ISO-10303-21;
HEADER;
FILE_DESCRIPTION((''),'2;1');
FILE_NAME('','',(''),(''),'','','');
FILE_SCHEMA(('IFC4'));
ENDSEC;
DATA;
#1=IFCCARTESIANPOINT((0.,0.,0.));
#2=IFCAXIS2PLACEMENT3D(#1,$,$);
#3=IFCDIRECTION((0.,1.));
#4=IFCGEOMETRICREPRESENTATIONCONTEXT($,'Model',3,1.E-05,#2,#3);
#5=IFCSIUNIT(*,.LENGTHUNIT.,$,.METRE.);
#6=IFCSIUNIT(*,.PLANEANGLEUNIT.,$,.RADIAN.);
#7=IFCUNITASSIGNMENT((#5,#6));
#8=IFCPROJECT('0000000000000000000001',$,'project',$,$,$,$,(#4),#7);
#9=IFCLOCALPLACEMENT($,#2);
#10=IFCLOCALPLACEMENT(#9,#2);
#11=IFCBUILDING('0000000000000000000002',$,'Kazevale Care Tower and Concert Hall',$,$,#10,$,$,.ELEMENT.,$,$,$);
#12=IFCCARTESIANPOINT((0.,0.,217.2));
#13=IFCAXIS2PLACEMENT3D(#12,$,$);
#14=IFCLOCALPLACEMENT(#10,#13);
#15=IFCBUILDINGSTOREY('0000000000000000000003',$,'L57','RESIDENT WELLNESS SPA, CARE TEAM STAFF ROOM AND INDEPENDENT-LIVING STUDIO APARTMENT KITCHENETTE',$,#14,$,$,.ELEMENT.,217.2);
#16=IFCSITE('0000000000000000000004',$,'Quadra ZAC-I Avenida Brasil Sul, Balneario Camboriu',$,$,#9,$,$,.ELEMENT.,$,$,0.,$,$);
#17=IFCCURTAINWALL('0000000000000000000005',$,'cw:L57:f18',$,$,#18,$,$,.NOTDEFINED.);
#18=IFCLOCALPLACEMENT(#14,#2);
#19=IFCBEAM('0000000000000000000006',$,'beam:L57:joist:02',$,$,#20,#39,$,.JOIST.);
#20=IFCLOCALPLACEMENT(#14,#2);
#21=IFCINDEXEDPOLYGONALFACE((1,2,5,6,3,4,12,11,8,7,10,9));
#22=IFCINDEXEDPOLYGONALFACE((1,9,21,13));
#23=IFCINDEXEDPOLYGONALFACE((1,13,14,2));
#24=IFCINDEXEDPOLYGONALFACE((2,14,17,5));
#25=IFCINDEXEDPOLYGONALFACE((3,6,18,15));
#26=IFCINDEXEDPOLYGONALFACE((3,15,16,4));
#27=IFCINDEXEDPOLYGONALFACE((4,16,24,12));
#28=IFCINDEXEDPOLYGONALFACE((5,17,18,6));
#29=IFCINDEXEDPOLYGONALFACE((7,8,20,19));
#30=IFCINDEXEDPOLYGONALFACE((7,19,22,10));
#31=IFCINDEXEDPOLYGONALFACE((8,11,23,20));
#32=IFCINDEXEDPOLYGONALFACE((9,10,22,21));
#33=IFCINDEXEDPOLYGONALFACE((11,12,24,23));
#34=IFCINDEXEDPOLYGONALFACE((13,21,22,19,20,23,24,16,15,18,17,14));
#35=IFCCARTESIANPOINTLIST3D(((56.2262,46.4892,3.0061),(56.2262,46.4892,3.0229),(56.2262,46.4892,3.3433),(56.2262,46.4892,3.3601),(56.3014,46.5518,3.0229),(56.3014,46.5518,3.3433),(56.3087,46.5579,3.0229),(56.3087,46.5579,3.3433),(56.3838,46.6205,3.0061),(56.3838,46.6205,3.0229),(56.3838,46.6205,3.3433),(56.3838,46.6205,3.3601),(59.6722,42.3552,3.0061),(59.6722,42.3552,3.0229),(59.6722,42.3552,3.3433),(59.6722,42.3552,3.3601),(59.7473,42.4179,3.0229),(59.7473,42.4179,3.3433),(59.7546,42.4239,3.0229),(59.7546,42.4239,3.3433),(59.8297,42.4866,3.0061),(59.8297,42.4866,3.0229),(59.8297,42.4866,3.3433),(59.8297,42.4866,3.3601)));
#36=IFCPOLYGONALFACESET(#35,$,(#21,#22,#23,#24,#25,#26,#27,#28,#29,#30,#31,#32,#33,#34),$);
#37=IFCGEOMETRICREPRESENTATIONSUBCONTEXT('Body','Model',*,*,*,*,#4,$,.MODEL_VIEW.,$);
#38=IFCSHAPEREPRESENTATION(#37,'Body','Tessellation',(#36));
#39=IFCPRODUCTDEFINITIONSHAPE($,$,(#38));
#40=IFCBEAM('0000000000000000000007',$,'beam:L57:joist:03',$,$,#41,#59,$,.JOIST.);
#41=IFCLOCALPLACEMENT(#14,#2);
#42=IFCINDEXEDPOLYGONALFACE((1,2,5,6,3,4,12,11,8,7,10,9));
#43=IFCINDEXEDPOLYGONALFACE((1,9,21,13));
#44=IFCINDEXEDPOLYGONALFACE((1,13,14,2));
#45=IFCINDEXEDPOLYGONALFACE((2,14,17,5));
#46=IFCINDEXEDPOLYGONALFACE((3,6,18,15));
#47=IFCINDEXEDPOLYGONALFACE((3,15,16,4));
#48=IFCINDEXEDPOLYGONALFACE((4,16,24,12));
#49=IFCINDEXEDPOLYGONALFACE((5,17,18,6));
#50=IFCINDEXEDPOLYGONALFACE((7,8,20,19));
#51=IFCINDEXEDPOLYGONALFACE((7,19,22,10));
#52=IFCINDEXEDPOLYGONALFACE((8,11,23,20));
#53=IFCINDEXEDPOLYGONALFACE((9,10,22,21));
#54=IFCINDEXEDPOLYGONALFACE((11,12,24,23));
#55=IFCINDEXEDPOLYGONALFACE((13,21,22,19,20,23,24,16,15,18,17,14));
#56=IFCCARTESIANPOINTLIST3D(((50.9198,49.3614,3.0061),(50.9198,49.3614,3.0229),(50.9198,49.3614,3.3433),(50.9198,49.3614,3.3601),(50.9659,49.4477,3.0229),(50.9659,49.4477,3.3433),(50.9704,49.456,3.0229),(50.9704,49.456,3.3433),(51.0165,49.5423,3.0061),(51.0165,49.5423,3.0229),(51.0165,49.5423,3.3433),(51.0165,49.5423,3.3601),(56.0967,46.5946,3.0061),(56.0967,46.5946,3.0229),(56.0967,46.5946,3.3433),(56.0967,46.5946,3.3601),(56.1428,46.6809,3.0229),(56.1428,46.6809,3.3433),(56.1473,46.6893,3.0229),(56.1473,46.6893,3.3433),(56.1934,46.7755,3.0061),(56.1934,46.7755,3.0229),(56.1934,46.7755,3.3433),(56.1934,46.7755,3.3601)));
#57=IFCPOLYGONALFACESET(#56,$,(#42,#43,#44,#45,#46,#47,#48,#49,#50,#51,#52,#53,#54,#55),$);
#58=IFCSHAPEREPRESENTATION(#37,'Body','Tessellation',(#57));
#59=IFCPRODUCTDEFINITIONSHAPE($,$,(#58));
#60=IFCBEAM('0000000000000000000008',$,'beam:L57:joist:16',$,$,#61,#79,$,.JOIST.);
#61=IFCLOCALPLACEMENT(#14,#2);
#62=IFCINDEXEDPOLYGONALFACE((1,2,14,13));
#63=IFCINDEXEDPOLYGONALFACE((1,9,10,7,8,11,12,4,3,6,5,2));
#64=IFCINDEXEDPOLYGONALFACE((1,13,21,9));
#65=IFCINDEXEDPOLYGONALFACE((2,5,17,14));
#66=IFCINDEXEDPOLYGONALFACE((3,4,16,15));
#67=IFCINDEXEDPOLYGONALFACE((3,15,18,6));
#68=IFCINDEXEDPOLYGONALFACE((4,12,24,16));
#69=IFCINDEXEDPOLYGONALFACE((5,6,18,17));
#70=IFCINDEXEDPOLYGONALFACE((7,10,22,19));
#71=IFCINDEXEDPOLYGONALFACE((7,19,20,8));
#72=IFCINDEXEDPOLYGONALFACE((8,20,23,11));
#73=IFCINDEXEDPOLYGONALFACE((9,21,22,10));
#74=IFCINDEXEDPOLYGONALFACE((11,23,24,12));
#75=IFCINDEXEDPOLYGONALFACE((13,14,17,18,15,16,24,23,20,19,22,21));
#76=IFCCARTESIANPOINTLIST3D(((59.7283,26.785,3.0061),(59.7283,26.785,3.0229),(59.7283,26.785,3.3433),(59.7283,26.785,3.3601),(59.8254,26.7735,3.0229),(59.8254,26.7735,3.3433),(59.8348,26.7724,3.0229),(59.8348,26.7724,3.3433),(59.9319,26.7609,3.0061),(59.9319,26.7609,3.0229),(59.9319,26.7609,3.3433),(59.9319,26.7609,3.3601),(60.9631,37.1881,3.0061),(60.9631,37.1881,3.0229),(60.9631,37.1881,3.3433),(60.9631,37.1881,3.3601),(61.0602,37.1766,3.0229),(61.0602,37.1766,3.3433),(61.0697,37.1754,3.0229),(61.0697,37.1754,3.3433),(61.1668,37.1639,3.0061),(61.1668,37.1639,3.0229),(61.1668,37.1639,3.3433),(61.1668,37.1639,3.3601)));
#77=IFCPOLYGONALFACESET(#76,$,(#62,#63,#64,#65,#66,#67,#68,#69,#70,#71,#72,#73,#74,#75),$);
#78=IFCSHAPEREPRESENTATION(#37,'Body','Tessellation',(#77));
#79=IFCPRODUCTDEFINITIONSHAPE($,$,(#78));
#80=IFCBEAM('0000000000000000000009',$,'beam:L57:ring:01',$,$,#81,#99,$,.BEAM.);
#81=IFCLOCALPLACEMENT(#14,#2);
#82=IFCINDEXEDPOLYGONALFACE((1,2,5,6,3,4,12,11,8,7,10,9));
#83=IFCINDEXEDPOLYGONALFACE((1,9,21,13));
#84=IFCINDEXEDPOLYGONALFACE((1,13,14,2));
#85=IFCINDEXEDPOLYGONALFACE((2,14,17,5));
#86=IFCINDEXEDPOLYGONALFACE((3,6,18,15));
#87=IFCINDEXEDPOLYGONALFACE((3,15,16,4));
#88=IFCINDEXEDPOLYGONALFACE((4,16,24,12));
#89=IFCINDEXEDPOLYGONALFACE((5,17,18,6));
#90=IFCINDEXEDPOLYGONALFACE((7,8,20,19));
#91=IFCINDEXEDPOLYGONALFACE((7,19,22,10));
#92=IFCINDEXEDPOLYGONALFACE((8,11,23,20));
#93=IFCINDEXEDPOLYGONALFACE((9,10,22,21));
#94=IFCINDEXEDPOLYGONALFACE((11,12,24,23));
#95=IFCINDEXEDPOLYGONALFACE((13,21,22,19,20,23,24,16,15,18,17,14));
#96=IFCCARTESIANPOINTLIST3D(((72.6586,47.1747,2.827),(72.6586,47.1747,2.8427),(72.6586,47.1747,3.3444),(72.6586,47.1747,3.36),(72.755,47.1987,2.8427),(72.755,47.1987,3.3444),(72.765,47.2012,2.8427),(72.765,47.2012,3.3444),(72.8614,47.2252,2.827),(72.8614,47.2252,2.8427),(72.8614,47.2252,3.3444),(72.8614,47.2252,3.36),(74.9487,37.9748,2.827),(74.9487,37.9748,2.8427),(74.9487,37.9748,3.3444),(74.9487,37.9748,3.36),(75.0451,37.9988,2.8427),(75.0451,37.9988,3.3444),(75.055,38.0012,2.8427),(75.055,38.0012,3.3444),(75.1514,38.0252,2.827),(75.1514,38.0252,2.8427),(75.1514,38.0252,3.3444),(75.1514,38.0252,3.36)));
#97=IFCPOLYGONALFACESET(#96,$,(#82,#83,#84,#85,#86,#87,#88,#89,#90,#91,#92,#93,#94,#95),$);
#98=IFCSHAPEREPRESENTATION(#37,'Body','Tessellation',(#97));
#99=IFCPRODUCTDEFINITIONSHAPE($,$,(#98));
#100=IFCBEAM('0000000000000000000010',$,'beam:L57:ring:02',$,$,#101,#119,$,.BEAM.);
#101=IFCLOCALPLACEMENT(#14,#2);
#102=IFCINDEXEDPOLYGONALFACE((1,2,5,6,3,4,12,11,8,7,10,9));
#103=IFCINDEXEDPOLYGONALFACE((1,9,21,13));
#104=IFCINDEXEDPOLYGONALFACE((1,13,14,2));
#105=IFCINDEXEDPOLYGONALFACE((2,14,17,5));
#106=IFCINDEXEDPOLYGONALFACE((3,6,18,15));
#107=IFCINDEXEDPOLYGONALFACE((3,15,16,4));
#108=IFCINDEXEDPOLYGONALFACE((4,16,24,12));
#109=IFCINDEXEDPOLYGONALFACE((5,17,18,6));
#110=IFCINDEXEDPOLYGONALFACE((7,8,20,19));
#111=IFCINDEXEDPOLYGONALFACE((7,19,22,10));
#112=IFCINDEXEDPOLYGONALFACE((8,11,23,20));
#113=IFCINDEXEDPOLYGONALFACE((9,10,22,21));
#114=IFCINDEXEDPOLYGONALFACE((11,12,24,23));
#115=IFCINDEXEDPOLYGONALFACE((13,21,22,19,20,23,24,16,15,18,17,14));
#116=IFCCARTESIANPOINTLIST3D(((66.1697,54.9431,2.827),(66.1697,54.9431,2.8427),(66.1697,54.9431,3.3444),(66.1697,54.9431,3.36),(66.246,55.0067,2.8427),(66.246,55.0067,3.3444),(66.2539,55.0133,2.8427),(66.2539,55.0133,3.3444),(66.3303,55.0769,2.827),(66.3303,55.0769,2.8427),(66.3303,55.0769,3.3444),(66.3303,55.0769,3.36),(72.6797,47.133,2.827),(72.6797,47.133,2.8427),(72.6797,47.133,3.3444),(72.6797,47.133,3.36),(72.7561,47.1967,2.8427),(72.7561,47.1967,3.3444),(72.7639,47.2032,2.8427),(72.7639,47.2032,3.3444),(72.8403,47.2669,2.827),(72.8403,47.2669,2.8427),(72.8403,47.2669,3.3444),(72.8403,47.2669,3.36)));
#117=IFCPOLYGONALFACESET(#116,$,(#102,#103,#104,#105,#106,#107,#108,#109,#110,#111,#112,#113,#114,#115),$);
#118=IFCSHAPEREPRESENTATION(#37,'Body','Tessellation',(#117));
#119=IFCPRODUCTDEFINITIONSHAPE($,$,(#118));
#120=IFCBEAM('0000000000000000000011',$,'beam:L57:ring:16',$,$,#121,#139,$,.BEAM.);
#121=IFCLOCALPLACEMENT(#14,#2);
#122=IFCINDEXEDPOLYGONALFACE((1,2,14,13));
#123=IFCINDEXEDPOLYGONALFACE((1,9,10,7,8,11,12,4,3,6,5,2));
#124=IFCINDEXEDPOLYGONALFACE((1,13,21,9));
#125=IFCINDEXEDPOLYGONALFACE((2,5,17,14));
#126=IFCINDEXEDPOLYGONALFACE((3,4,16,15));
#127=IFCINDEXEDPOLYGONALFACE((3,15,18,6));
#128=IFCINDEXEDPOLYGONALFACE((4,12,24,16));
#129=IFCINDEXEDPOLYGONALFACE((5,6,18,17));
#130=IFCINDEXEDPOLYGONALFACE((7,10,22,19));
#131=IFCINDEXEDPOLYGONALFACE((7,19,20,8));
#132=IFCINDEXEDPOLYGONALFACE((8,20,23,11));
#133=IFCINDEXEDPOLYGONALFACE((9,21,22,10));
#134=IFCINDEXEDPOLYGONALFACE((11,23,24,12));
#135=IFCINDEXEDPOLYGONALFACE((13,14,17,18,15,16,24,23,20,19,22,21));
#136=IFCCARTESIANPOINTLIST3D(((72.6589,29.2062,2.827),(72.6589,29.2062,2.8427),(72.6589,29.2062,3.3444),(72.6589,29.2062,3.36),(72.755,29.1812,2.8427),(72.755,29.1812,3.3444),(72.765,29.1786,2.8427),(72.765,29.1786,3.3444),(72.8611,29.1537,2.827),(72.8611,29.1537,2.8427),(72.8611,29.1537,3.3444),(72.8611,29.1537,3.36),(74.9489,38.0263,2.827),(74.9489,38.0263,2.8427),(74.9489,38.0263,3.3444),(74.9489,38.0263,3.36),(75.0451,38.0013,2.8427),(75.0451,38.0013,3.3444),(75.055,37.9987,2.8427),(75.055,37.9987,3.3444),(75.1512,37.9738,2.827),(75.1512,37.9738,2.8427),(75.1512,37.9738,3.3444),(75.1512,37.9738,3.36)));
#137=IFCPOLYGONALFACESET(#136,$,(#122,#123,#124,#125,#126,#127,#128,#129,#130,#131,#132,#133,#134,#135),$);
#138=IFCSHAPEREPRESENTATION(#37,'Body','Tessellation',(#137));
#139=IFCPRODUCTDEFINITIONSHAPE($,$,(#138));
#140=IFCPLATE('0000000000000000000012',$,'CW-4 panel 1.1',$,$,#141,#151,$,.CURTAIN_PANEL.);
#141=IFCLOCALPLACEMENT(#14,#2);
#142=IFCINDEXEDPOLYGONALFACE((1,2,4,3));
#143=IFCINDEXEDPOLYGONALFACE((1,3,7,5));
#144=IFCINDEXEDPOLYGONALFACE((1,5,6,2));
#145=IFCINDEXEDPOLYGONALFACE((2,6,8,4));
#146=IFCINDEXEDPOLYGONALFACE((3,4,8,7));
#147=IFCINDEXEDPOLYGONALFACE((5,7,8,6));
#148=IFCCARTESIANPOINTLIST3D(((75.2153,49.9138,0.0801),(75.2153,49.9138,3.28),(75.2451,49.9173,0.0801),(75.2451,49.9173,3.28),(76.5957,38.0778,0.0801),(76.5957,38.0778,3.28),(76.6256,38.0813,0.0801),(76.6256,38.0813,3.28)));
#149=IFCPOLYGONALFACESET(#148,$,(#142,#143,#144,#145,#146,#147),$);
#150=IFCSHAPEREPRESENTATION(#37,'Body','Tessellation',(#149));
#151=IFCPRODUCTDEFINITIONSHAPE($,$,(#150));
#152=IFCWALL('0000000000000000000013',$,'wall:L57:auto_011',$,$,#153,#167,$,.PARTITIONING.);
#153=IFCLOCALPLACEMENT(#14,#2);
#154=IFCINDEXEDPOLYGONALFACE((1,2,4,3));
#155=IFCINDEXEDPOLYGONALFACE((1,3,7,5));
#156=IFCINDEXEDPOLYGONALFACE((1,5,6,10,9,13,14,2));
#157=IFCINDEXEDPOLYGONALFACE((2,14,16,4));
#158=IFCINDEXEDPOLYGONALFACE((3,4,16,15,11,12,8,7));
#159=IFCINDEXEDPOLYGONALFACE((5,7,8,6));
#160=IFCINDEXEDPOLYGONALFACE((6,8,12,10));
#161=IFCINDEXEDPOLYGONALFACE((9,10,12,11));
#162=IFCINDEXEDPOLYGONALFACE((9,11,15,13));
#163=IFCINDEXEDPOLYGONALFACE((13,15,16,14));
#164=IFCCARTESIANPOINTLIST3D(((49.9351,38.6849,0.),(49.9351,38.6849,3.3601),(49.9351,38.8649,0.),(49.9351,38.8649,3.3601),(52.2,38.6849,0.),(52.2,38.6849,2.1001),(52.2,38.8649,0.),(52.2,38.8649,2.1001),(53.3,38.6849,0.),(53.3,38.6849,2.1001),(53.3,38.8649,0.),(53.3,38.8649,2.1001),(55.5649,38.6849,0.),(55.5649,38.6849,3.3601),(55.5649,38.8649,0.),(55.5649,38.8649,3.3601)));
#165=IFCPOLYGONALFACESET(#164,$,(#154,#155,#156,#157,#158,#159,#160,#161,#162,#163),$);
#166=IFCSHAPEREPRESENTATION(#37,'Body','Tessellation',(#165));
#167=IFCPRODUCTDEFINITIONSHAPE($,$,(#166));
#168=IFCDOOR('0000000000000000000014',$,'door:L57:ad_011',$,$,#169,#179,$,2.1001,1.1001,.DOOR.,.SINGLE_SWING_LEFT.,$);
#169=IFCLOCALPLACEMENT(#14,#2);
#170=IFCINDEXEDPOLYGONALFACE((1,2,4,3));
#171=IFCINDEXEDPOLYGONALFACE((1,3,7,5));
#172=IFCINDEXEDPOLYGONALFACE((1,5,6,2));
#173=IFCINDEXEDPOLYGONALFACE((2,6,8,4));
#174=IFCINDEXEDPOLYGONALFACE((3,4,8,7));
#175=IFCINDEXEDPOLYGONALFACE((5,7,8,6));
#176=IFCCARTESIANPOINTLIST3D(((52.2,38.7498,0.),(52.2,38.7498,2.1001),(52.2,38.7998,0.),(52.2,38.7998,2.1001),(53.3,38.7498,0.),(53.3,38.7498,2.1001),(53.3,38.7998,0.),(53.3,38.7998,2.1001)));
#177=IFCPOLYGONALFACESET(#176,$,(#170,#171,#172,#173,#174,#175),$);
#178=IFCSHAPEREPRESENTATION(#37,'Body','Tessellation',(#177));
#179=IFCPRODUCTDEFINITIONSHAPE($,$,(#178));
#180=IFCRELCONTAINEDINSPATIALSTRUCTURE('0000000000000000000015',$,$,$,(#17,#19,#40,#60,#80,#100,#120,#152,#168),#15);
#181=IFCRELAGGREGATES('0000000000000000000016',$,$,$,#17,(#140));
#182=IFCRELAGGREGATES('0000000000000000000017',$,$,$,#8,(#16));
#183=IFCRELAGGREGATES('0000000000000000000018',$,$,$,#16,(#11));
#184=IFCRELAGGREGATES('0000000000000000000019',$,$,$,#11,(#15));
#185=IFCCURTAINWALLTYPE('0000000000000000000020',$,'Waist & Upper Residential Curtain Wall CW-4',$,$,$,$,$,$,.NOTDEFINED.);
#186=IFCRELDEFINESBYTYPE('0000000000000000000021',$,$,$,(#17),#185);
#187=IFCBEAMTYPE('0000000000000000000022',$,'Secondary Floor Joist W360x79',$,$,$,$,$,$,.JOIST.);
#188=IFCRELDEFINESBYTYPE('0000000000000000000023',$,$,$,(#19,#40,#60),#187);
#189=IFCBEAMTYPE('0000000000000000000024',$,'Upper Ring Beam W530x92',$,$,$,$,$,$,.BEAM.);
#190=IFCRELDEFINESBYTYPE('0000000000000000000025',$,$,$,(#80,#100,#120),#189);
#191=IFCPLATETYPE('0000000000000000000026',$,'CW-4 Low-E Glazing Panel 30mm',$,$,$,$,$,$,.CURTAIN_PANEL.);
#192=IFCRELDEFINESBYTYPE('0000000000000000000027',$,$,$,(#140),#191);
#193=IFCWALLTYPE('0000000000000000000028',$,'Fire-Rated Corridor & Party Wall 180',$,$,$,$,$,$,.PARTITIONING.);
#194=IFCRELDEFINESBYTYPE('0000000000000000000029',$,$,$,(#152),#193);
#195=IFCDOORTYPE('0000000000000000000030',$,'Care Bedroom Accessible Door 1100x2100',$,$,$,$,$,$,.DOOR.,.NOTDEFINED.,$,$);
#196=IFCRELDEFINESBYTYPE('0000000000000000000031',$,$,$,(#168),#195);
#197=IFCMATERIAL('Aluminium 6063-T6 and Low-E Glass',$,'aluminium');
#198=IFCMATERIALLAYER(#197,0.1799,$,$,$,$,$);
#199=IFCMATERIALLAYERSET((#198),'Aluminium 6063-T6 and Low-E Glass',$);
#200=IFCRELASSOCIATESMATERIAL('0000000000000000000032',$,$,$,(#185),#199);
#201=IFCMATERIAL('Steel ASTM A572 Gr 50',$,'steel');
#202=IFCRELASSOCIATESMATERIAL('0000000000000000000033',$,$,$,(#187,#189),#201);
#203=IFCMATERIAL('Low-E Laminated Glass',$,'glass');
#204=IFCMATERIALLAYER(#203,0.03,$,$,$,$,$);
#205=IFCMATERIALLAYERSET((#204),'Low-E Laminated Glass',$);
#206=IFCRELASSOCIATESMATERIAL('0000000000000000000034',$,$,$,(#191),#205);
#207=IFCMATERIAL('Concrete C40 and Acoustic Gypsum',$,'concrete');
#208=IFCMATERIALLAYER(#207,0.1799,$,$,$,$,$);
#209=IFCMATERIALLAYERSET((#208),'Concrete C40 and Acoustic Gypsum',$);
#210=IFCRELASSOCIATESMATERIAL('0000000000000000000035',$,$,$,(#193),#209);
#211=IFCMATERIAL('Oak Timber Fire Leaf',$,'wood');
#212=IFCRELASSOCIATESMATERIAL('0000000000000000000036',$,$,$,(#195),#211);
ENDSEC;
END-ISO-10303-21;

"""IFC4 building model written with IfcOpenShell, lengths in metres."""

from ifc_helpers import new_model, si_unit, direction, frame, frame_2d, origin, origin_2d, place, context, subcontext, project, spatial, rectangle, i_section, extrude, material, layer, layer_set, material_profile, profile_set, type_object, element, fill, aggregate, save


model = new_model("IFC4")

# Units and contexts
model_context = context("Model", 3, precision=1e-05, world=origin(), true_north=direction((0.0, 1.0)))
body_context = subcontext(model_context, "Body", "Model", "MODEL_VIEW")
ifc_project = project(units=[si_unit("LENGTHUNIT", "METRE"), si_unit("PLANEANGLEUNIT", "RADIAN")], contexts=[model_context])

# Site, building, storey
site_placement = place(None, origin())
site = spatial("IfcSite", under=ifc_project, at=site_placement, Name="Quadra ZAC-I Avenida Brasil Sul, Balneario Camboriu", CompositionType="ELEMENT", RefElevation=0.0)
building_placement = place(site_placement, origin())
building = spatial("IfcBuilding", under=site, at=building_placement, Name="Kazevale Care Tower and Concert Hall", CompositionType="ELEMENT")
storey_placement = place(building_placement, frame((0.0, 0.0, 217.2)))
storey = spatial("IfcBuildingStorey", under=building, at=storey_placement, Name="L57", Description="RESIDENT WELLNESS SPA, CARE TEAM STAFF ROOM AND INDEPENDENT-LIVING STUDIO APARTMENT KITCHENETTE", CompositionType="ELEMENT", Elevation=217.2)

# Curtain wall
ifc_material_1 = material(Name="Aluminium 6063-T6 and Low-E Glass", Category="aluminium")
ifc_layer_1 = layer(ifc_material_1, 0.1799)
ifc_layer_set_1 = layer_set([ifc_layer_1], Name="Aluminium 6063-T6 and Low-E Glass")
curtain_wall_type = type_object("IfcCurtainWallType", Name="Waist & Upper Residential Curtain Wall CW-4", PredefinedType="NOTDEFINED", material=ifc_layer_set_1)
curtain_wall_placement = place(storey_placement, origin())
curtain_wall = element("IfcCurtainWall", 1, at=curtain_wall_placement, inside=storey, type_object=curtain_wall_type, Name="cw:L57:f18", PredefinedType="NOTDEFINED")

# Beams
ifc_material_2 = material(Name="Steel ASTM A572 Gr 50", Category="steel")
ifc_material_profile_1 = material_profile(ifc_material_2, i_section(OverallWidth=0.2051, OverallDepth=0.354, WebThickness=0.0095, FlangeThickness=0.0168, at=origin_2d()), Name="W360x79")
ifc_profile_set_1 = profile_set([ifc_material_profile_1], Name="Steel ASTM A572 Gr 50")
beam_type_1 = type_object("IfcBeamType", Name="Secondary Floor Joist W360x79", PredefinedType="JOIST", material=ifc_profile_set_1)
beam_1_placement = place(storey_placement, frame((59.751, 42.4209, 3.1831), z_axis=(-0.640296, 0.768128, 0.0), x_axis=(-0.768128, -0.640296, 0.0)))
element("IfcBeam", 2, at=beam_1_placement, inside=storey, type_object=beam_type_1, Name="beam:L57:joist:02", PredefinedType="JOIST", context=body_context, shape_type="SweptSolid", body=[
    extrude(i_section(OverallWidth=0.2051, OverallDepth=0.354, WebThickness=0.0095, FlangeThickness=0.0168, at=origin_2d()), origin(), (0.0, 0.0, 1.0), 5.3818),
])
beam_2_placement = place(storey_placement, frame((56.145, 46.6851, 3.1831), z_axis=(-0.881944, 0.471354, 0.0), x_axis=(-0.471354, -0.881944, 0.0)))
element("IfcBeam", 3, at=beam_2_placement, inside=storey, type_object=beam_type_1, Name="beam:L57:joist:03", PredefinedType="JOIST", context=body_context, shape_type="SweptSolid", body=[
    extrude(i_section(OverallWidth=0.2051, OverallDepth=0.354, WebThickness=0.0095, FlangeThickness=0.0168, at=origin_2d()), origin(), (0.0, 0.0, 1.0), 5.8699),
])
beam_3_placement = place(storey_placement, frame((59.8301, 26.7729, 3.1831), z_axis=(0.117874, 0.993029, 0.0), x_axis=(-0.993029, 0.117874, 0.0)))
element("IfcBeam", 4, at=beam_3_placement, inside=storey, type_object=beam_type_1, Name="beam:L57:joist:16", PredefinedType="JOIST", context=body_context, shape_type="SweptSolid", body=[
    extrude(i_section(OverallWidth=0.2051, OverallDepth=0.354, WebThickness=0.0095, FlangeThickness=0.0168, at=origin_2d()), origin(), (0.0, 0.0, 1.0), 10.4761),
])
ifc_material_profile_2 = material_profile(ifc_material_2, i_section(OverallWidth=0.209, OverallDepth=0.533, WebThickness=0.0103, FlangeThickness=0.0156, at=origin_2d()), Name="W530x92")
ifc_profile_set_2 = profile_set([ifc_material_profile_2], Name="Steel ASTM A572 Gr 50")
beam_type_2 = type_object("IfcBeamType", Name="Upper Ring Beam W530x92", PredefinedType="BEAM", material=ifc_profile_set_2)
beam_4_placement = place(storey_placement, frame((75.05, 38.0, 3.0935), z_axis=(-0.241548, 0.970389, 0.0), x_axis=(-0.970389, -0.241548, 0.0)))
element("IfcBeam", 5, at=beam_4_placement, inside=storey, type_object=beam_type_2, Name="beam:L57:ring:01", PredefinedType="BEAM", context=body_context, shape_type="SweptSolid", body=[
    extrude(i_section(OverallWidth=0.209, OverallDepth=0.533, WebThickness=0.0103, FlangeThickness=0.0156, at=origin_2d()), origin(), (0.0, 0.0, 1.0), 9.4807),
])
beam_5_placement = place(storey_placement, frame((72.76, 47.2, 3.0935), z_axis=(-0.640279, 0.768143, 0.0), x_axis=(-0.768143, -0.640279, 0.0)))
element("IfcBeam", 6, at=beam_5_placement, inside=storey, type_object=beam_type_2, Name="beam:L57:ring:02", PredefinedType="BEAM", context=body_context, shape_type="SweptSolid", body=[
    extrude(i_section(OverallWidth=0.209, OverallDepth=0.533, WebThickness=0.0103, FlangeThickness=0.0156, at=origin_2d()), origin(), (0.0, 0.0, 1.0), 10.1675),
])
beam_6_placement = place(storey_placement, frame((72.76, 29.1799, 3.0935), z_axis=(0.251307, 0.967907, 0.0), x_axis=(-0.967907, 0.251307, 0.0)))
element("IfcBeam", 7, at=beam_6_placement, inside=storey, type_object=beam_type_2, Name="beam:L57:ring:16", PredefinedType="BEAM", context=body_context, shape_type="SweptSolid", body=[
    extrude(i_section(OverallWidth=0.209, OverallDepth=0.533, WebThickness=0.0103, FlangeThickness=0.0156, at=origin_2d()), origin(), (0.0, 0.0, 1.0), 9.1125),
])

# Plate
ifc_material_3 = material(Name="Low-E Laminated Glass", Category="glass")
ifc_layer_2 = layer(ifc_material_3, 0.03)
ifc_layer_set_2 = layer_set([ifc_layer_2], Name="Low-E Laminated Glass")
plate_type = type_object("IfcPlateType", Name="CW-4 Low-E Glazing Panel 30mm", PredefinedType="CURTAIN_PANEL", material=ifc_layer_set_2)
plate_placement = place(storey_placement, frame((75.9204, 43.9976, 0.0801), z_axis=(0.0, 0.0, 1.0), x_axis=(0.115847, -0.993267, 0.0)))
plate = element("IfcPlate", 8, at=plate_placement, type_object=plate_type, Name="CW-4 panel 1.1", PredefinedType="CURTAIN_PANEL", context=body_context, shape_type="SweptSolid", body=[
    extrude(rectangle(XDim=11.9163, YDim=0.03, at=origin_2d()), origin(), (0.0, 0.0, 1.0), 3.2),
])
aggregate(curtain_wall, [plate])

# Wall, opening, door
ifc_material_4 = material(Name="Concrete C40 and Acoustic Gypsum", Category="concrete")
ifc_layer_3 = layer(ifc_material_4, 0.1799)
ifc_layer_set_3 = layer_set([ifc_layer_3], Name="Concrete C40 and Acoustic Gypsum")
wall_type_1 = type_object("IfcWallType", Name="Fire-Rated Corridor & Party Wall 180", PredefinedType="PARTITIONING", material=ifc_layer_set_3)
wall_1_placement = place(storey_placement, frame((49.9351, 38.7749, 0.0), z_axis=(0.0, 0.0, 1.0), x_axis=(1.0, 0.0, 0.0)))
wall_1 = element("IfcWall", 9, at=wall_1_placement, inside=storey, type_object=wall_type_1, Name="wall:L57:auto_011", PredefinedType="PARTITIONING", context=body_context, shape_type="SweptSolid", body=[
    extrude(rectangle(XDim=5.6299, YDim=0.1799, at=frame_2d((2.8149, 0.0))), origin(), (0.0, 0.0, 1.0), 3.3601),
])
opening_1_placement = place(wall_1_placement, frame((2.2649, 0.0, 0.0)))
opening_1 = element("IfcOpeningElement", 10, at=opening_1_placement, cuts=wall_1, PredefinedType="OPENING", context=body_context, shape_type="SweptSolid", body=[
    extrude(rectangle(XDim=1.1001, YDim=2.1001, at=frame_2d((0.55, 1.05))), frame((0.0, 0.0999, 0.0), z_axis=(0.0, -1.0, 0.0), x_axis=(1.0, 0.0, 0.0)), (0.0, 0.0, 1.0), 0.2),
])
ifc_material_5 = material(Name="Oak Timber Fire Leaf", Category="wood")
door_type = type_object("IfcDoorType", Name="Care Bedroom Accessible Door 1100x2100", OperationType="NOTDEFINED", PredefinedType="DOOR", material=ifc_material_5)
door_1_placement = place(opening_1_placement, origin())
door_1 = element("IfcDoor", 11, at=door_1_placement, inside=storey, type_object=door_type, Name="door:L57:ad_011", OperationType="SINGLE_SWING_LEFT", OverallHeight=2.1001, OverallWidth=1.1001, PredefinedType="DOOR", context=body_context, shape_type="SweptSolid", body=[
    extrude(rectangle(XDim=1.1001, YDim=2.1001, at=frame_2d((0.55, 1.05))), frame((0.0, 0.0249, 0.0), z_axis=(0.0, -1.0, 0.0), x_axis=(1.0, 0.0, 0.0)), (0.0, 0.0, 1.0), 0.05),
])
fill(opening_1, door_1)

save(model, "model.ifc")
